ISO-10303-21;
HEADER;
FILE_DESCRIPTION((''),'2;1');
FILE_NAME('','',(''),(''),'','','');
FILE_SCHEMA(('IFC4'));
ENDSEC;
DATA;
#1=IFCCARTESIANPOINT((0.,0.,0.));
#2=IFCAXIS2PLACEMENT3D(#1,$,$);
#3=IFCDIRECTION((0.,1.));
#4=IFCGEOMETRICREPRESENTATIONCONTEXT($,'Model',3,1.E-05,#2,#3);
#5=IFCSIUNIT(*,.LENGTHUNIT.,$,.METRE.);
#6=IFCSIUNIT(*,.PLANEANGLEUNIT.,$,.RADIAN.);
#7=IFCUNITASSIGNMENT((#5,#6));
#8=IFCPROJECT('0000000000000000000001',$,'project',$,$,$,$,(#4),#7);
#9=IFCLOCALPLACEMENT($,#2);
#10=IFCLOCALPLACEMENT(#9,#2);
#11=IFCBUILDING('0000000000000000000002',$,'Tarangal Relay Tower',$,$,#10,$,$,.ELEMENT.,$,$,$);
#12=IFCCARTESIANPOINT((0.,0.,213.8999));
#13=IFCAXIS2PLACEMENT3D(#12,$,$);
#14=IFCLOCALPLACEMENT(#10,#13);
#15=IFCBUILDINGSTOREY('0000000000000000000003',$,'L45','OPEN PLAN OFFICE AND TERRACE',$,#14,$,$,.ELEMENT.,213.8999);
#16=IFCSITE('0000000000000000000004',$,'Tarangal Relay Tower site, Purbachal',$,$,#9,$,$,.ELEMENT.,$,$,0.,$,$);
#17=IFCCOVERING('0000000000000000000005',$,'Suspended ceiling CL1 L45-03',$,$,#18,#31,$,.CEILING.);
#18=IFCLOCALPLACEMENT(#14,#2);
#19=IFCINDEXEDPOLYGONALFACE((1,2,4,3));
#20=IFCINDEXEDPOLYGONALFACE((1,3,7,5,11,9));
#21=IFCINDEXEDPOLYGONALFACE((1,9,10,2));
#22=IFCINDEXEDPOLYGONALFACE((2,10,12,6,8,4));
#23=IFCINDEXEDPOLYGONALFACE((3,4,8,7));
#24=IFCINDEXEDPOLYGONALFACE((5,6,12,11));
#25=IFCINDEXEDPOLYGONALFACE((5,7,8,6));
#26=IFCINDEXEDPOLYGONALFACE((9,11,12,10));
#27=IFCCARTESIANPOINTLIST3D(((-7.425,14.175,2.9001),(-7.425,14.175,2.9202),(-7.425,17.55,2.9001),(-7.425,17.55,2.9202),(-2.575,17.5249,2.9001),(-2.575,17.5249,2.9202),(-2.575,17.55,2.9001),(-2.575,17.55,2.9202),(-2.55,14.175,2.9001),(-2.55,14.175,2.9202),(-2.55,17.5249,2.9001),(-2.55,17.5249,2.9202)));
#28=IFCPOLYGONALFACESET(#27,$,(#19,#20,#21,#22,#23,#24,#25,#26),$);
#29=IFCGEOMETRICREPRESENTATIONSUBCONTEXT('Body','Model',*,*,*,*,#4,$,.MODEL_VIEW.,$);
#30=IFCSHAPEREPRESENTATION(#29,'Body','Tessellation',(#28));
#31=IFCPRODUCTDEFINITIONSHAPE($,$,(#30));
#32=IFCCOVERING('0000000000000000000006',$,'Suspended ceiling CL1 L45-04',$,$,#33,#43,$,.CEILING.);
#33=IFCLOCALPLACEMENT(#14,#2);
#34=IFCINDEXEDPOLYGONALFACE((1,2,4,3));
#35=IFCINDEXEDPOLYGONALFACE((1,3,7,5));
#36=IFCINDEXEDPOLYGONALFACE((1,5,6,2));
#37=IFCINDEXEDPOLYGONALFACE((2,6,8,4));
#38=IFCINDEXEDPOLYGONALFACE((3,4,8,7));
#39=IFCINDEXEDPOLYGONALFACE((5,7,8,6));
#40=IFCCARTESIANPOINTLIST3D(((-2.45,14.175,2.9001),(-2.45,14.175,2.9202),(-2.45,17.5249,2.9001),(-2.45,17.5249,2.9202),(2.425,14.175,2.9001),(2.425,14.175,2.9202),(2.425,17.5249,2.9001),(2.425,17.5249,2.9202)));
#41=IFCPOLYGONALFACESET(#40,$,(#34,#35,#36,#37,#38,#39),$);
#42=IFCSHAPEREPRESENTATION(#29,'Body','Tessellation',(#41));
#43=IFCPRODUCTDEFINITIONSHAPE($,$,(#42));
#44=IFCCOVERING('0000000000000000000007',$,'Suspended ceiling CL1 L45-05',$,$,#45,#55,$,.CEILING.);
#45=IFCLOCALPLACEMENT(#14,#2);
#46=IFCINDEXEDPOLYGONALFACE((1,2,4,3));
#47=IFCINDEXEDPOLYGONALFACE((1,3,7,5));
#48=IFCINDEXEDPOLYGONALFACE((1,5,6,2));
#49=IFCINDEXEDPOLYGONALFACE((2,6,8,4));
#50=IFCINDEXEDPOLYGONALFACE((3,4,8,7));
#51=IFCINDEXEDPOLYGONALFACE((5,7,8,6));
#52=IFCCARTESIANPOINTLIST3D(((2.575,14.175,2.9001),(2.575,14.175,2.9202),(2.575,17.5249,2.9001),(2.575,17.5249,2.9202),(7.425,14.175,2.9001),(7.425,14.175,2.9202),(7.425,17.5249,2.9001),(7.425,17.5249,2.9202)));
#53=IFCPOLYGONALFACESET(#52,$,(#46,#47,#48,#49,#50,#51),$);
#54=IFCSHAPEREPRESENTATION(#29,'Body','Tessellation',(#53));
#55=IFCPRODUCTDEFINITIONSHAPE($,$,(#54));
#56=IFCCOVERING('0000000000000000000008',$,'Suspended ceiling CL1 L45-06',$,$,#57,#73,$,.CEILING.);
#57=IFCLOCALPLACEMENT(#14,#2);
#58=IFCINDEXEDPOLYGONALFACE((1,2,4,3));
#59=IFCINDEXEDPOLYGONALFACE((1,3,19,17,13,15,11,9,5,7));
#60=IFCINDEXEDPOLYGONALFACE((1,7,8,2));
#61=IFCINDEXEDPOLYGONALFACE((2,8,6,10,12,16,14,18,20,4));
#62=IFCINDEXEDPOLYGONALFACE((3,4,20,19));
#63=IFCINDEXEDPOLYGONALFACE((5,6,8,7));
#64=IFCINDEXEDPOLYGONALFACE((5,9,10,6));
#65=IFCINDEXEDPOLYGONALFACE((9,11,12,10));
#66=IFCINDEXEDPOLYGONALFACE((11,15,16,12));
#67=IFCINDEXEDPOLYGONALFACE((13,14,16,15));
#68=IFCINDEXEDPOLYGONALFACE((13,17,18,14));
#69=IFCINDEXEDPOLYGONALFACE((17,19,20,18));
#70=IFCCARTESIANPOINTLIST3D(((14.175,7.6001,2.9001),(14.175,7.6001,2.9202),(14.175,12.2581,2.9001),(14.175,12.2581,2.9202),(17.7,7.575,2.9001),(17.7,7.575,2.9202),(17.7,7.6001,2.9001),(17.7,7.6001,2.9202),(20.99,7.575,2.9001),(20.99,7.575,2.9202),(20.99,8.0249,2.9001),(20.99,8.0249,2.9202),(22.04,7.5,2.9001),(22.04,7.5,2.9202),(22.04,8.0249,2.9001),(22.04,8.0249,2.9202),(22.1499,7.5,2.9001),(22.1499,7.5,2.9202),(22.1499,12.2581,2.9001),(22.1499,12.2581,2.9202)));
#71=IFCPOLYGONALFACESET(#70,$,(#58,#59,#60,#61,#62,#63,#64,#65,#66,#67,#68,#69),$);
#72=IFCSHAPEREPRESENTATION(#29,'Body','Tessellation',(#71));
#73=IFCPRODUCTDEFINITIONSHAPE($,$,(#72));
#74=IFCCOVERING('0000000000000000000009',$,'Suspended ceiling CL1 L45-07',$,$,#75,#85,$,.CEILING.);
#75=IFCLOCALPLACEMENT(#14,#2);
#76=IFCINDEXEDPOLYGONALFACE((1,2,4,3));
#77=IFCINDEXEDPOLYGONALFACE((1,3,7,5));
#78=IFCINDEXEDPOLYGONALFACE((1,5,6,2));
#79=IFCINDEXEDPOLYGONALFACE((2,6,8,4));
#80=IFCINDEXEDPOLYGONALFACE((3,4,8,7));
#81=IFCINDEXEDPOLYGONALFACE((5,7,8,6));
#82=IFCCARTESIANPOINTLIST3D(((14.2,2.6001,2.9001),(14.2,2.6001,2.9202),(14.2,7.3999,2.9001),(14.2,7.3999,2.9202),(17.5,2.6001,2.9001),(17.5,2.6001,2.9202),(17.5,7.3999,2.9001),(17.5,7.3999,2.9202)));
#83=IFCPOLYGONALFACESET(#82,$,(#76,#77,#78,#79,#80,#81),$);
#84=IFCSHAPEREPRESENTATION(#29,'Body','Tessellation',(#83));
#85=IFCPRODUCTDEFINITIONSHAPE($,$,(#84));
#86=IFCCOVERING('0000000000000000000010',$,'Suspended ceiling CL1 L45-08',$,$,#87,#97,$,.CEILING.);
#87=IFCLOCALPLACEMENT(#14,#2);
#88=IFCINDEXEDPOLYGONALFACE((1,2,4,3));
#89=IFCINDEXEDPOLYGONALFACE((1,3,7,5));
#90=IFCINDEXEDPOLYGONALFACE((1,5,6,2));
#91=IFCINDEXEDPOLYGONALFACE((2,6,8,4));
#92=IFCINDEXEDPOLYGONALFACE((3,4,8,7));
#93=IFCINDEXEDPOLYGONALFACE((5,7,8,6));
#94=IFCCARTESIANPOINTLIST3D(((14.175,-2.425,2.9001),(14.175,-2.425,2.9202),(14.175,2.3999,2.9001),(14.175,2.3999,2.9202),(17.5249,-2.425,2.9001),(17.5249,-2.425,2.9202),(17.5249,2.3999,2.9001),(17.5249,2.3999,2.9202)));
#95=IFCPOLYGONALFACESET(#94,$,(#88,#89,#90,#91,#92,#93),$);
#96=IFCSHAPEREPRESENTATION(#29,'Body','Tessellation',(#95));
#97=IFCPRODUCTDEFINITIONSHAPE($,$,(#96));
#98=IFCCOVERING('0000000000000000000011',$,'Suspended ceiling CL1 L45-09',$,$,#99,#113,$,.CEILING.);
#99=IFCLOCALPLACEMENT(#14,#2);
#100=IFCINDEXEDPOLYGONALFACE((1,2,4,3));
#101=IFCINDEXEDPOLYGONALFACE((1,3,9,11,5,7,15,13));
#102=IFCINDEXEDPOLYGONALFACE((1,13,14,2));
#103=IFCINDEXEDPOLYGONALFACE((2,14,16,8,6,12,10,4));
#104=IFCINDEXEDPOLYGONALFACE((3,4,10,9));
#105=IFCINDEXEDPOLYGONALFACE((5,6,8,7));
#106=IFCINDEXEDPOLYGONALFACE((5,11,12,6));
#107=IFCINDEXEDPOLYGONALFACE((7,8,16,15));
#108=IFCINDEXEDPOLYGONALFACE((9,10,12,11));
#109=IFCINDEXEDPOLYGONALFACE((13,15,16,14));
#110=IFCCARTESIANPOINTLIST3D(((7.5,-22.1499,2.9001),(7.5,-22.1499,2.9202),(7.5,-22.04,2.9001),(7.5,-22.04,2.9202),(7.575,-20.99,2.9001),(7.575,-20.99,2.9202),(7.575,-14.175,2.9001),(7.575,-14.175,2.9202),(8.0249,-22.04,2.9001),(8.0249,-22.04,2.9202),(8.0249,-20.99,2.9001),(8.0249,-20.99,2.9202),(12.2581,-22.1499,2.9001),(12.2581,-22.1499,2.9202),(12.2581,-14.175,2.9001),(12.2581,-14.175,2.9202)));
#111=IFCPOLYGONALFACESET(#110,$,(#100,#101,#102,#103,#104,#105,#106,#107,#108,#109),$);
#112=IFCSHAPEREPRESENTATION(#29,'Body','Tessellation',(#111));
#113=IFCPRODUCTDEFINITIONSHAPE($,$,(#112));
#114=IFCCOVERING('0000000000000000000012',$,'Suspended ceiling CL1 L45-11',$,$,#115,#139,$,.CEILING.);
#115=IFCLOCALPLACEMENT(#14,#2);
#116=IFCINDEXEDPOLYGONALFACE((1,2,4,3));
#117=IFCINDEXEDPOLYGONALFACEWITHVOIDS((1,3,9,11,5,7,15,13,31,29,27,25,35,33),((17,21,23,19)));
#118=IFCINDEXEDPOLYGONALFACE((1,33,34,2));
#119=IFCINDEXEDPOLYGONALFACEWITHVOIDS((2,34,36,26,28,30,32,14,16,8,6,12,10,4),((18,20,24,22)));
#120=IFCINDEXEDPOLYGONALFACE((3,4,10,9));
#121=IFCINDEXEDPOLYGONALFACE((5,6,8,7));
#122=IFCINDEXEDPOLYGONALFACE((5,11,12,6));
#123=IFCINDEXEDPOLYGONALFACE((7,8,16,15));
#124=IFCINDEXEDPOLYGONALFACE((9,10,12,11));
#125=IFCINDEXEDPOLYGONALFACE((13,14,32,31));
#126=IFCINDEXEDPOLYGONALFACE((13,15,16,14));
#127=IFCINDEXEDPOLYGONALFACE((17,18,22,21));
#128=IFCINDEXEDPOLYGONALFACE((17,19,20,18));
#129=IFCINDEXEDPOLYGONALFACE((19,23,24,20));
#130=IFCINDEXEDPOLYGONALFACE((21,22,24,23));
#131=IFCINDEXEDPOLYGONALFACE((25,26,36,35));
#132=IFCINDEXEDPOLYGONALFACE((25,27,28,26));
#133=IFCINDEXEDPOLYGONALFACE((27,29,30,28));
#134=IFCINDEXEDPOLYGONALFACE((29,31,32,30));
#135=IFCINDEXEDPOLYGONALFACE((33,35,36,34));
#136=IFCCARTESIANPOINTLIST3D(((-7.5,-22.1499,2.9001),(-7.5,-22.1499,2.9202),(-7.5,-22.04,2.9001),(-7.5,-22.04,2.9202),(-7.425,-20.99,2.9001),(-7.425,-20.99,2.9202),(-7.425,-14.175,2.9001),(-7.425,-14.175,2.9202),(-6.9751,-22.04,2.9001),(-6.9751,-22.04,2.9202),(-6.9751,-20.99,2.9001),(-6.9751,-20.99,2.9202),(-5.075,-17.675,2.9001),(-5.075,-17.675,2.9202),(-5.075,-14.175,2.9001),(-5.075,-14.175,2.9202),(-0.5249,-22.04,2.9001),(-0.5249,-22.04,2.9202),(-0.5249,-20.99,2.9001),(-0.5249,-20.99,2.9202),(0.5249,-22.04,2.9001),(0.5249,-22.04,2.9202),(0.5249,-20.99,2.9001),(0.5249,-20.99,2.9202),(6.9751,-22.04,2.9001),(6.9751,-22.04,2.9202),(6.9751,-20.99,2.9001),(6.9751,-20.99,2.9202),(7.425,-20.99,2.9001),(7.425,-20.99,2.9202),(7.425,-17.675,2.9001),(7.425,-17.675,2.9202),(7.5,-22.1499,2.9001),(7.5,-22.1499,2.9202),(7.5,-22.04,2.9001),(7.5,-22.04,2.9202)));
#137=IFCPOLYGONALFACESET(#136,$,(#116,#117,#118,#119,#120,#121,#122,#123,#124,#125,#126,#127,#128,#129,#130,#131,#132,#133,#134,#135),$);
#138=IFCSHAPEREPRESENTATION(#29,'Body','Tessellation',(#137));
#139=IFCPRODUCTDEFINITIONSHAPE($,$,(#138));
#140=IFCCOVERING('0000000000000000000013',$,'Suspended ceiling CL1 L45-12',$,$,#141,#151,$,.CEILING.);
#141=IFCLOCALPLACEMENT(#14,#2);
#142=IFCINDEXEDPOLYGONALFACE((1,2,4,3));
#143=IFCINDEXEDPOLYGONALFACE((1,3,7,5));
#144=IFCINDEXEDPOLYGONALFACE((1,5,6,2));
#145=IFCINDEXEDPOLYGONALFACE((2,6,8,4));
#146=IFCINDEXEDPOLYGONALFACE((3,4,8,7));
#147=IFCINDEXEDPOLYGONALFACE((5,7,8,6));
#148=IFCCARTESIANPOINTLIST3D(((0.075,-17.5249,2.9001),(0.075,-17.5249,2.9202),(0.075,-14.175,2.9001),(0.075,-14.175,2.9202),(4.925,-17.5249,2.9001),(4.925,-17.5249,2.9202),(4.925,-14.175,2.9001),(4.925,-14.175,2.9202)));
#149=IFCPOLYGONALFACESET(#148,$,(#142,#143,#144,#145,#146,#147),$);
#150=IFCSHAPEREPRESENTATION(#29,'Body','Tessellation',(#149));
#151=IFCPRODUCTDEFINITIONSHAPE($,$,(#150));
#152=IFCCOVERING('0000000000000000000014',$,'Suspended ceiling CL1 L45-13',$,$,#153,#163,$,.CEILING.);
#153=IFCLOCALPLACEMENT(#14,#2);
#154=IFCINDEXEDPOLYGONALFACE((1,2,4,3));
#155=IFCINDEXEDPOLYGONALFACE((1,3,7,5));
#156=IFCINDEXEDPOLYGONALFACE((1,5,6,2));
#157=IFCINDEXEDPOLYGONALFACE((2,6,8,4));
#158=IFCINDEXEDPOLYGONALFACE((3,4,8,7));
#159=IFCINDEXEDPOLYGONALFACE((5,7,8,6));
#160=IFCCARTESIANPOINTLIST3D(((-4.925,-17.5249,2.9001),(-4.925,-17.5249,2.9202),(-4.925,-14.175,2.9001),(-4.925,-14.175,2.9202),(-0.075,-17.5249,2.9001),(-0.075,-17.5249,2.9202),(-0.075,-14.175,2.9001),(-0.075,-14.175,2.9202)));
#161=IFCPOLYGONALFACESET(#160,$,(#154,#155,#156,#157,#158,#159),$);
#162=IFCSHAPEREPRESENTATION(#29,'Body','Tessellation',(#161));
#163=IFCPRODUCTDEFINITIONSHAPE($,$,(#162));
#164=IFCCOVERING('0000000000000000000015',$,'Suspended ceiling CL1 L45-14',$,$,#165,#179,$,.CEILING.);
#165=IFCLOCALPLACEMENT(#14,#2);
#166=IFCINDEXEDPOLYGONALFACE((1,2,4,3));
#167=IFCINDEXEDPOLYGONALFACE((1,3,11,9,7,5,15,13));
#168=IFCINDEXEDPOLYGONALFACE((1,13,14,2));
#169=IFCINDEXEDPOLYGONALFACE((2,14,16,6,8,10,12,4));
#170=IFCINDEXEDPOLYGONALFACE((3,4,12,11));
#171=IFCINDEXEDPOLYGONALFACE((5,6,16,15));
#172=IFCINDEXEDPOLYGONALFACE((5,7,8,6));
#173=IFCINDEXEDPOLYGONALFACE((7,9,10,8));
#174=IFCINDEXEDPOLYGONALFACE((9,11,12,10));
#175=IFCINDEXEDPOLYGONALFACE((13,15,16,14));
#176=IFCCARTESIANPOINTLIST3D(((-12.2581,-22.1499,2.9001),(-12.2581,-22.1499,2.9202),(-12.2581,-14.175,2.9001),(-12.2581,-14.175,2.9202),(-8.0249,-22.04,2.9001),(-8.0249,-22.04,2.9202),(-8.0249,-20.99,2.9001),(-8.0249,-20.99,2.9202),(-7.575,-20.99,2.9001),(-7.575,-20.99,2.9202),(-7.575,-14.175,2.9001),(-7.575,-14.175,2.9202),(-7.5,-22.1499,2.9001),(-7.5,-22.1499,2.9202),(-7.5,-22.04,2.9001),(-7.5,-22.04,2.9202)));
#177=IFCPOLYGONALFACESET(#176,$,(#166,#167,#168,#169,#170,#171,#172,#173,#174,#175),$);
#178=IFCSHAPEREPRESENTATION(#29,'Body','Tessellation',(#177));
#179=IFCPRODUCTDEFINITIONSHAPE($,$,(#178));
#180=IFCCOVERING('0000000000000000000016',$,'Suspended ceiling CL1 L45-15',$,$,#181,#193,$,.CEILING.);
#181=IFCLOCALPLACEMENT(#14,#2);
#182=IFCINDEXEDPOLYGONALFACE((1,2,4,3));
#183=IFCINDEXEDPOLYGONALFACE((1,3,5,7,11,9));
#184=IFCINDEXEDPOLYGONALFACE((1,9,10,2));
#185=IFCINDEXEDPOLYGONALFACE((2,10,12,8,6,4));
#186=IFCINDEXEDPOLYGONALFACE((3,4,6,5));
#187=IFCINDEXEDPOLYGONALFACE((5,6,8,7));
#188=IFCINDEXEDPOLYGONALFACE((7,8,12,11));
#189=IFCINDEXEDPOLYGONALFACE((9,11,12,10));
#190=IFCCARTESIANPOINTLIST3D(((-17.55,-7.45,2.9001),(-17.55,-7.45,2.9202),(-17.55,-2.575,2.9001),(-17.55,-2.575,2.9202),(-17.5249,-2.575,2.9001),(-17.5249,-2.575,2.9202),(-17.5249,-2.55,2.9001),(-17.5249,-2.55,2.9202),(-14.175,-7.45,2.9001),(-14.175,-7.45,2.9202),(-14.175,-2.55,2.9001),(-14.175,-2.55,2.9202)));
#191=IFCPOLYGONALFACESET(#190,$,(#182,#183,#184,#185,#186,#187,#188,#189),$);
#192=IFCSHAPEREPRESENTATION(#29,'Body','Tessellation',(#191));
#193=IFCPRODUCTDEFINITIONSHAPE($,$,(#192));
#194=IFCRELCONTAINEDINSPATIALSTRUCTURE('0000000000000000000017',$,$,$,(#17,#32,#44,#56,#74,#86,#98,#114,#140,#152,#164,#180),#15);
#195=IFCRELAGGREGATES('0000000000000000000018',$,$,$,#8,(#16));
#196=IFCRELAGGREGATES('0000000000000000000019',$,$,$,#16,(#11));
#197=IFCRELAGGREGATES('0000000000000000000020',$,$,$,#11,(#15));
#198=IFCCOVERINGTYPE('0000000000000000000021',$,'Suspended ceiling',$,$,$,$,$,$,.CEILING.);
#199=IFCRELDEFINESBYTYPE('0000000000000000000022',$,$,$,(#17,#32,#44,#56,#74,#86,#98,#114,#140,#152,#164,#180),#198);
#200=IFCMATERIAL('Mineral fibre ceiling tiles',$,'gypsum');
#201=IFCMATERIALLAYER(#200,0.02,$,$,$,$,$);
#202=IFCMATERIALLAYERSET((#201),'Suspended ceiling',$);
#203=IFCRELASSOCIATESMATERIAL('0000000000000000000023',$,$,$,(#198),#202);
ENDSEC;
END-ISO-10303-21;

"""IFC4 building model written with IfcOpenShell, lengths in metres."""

from ifc_helpers import new_model, si_unit, direction, frame, origin, place, context, subcontext, project, spatial, polyline, outline, extrude, material, layer, layer_set, type_object, element, save


model = new_model("IFC4")

# Units and contexts
model_context = context("Model", 3, precision=1e-05, world=origin(), true_north=direction((0.0, 1.0)))
body_context = subcontext(model_context, "Body", "Model", "MODEL_VIEW")
ifc_project = project(units=[si_unit("LENGTHUNIT", "METRE"), si_unit("PLANEANGLEUNIT", "RADIAN")], contexts=[model_context])

# Site, building, storey
site_placement = place(None, origin())
site = spatial("IfcSite", under=ifc_project, at=site_placement, Name="Tarangal Relay Tower site, Purbachal", CompositionType="ELEMENT", RefElevation=0.0)
building_placement = place(site_placement, origin())
building = spatial("IfcBuilding", under=site, at=building_placement, Name="Tarangal Relay Tower", CompositionType="ELEMENT")
storey_placement = place(building_placement, frame((0.0, 0.0, 213.8999)))
storey = spatial("IfcBuildingStorey", under=building, at=storey_placement, Name="L45", Description="OPEN PLAN OFFICE AND TERRACE", CompositionType="ELEMENT", Elevation=213.8999)

# Coverings
ifc_material_1 = material(Name="Mineral fibre ceiling tiles", Category="gypsum")
ifc_layer_1 = layer(ifc_material_1, 0.02)
ifc_layer_set_1 = layer_set([ifc_layer_1], Name="Suspended ceiling")
covering_type_1 = type_object("IfcCoveringType", Name="Suspended ceiling", PredefinedType="CEILING", material=ifc_layer_set_1)
covering_1_placement = place(storey_placement, frame((0.0, 0.0, 2.9001)))
element("IfcCovering", 1, at=covering_1_placement, inside=storey, type_object=covering_type_1, Name="Suspended ceiling CL1 L45-03", PredefinedType="CEILING", context=body_context, shape_type="SweptSolid", body=[
    extrude(outline(polyline([(-7.425, 14.175), (-2.55, 14.175), (-2.55, 17.5249), (-2.575, 17.5249), (-2.575, 17.55), (-7.425, 17.55), (-7.425, 14.175)])), origin(), (0.0, 0.0, 1.0), 0.02),
])
covering_2_placement = place(storey_placement, frame((0.0, 0.0, 2.9001)))
element("IfcCovering", 2, at=covering_2_placement, inside=storey, type_object=covering_type_1, Name="Suspended ceiling CL1 L45-04", PredefinedType="CEILING", context=body_context, shape_type="SweptSolid", body=[
    extrude(outline(polyline([(-2.45, 14.175), (2.425, 14.175), (2.425, 17.5249), (-2.45, 17.5249), (-2.45, 14.175)])), origin(), (0.0, 0.0, 1.0), 0.02),
])
covering_3_placement = place(storey_placement, frame((0.0, 0.0, 2.9001)))
element("IfcCovering", 3, at=covering_3_placement, inside=storey, type_object=covering_type_1, Name="Suspended ceiling CL1 L45-05", PredefinedType="CEILING", context=body_context, shape_type="SweptSolid", body=[
    extrude(outline(polyline([(7.425, 14.175), (7.425, 17.5249), (2.575, 17.5249), (2.575, 14.175), (7.425, 14.175)])), origin(), (0.0, 0.0, 1.0), 0.02),
])
covering_4_placement = place(storey_placement, frame((0.0, 0.0, 2.9001)))
element("IfcCovering", 4, at=covering_4_placement, inside=storey, type_object=covering_type_1, Name="Suspended ceiling CL1 L45-06", PredefinedType="CEILING", context=body_context, shape_type="SweptSolid", body=[
    extrude(outline(polyline([(22.1499, 7.5), (22.1499, 12.2581), (14.175, 12.2581), (14.175, 7.6001), (17.7, 7.6001), (17.7, 7.575), (20.99, 7.575), (20.99, 8.0249), (22.04, 8.0249), (22.04, 7.5), (22.1499, 7.5)])), origin(), (0.0, 0.0, 1.0), 0.02),
])
covering_5_placement = place(storey_placement, frame((0.0, 0.0, 2.9001)))
element("IfcCovering", 5, at=covering_5_placement, inside=storey, type_object=covering_type_1, Name="Suspended ceiling CL1 L45-07", PredefinedType="CEILING", context=body_context, shape_type="SweptSolid", body=[
    extrude(outline(polyline([(17.5, 7.3999), (14.2, 7.3999), (14.2, 2.6001), (17.5, 2.6001), (17.5, 7.3999)])), origin(), (0.0, 0.0, 1.0), 0.02),
])
covering_6_placement = place(storey_placement, frame((0.0, 0.0, 2.9001)))
element("IfcCovering", 6, at=covering_6_placement, inside=storey, type_object=covering_type_1, Name="Suspended ceiling CL1 L45-08", PredefinedType="CEILING", context=body_context, shape_type="SweptSolid", body=[
    extrude(outline(polyline([(14.175, 2.3999), (14.175, -2.425), (17.5249, -2.425), (17.5249, 2.3999), (14.175, 2.3999)])), origin(), (0.0, 0.0, 1.0), 0.02),
])
covering_7_placement = place(storey_placement, frame((0.0, 0.0, 2.9001)))
element("IfcCovering", 7, at=covering_7_placement, inside=storey, type_object=covering_type_1, Name="Suspended ceiling CL1 L45-09", PredefinedType="CEILING", context=body_context, shape_type="SweptSolid", body=[
    extrude(outline(polyline([(7.5, -22.1499), (12.2581, -22.1499), (12.2581, -14.175), (7.575, -14.175), (7.575, -20.99), (8.0249, -20.99), (8.0249, -22.04), (7.5, -22.04), (7.5, -22.1499)])), origin(), (0.0, 0.0, 1.0), 0.02),
])
covering_8_placement = place(storey_placement, frame((0.0, 0.0, 2.9001)))
element("IfcCovering", 8, at=covering_8_placement, inside=storey, type_object=covering_type_1, Name="Suspended ceiling CL1 L45-11", PredefinedType="CEILING", context=body_context, shape_type="SweptSolid", body=[
    extrude(outline(polyline([(-7.5, -22.1499), (7.5, -22.1499), (7.5, -22.04), (6.9751, -22.04), (6.9751, -20.99), (7.425, -20.99), (7.425, -17.675), (-5.075, -17.675), (-5.075, -14.175), (-7.425, -14.175), (-7.425, -20.99), (-6.9751, -20.99), (-6.9751, -22.04), (-7.5, -22.04), (-7.5, -22.1499)]), holes=[polyline([(-0.5249, -22.04), (0.5249, -22.04), (0.5249, -20.99), (-0.5249, -20.99), (-0.5249, -22.04)])]), origin(), (0.0, 0.0, 1.0), 0.02),
])
covering_9_placement = place(storey_placement, frame((0.0, 0.0, 2.9001)))
element("IfcCovering", 9, at=covering_9_placement, inside=storey, type_object=covering_type_1, Name="Suspended ceiling CL1 L45-12", PredefinedType="CEILING", context=body_context, shape_type="SweptSolid", body=[
    extrude(outline(polyline([(0.075, -14.175), (0.075, -17.5249), (4.925, -17.5249), (4.925, -14.175), (0.075, -14.175)])), origin(), (0.0, 0.0, 1.0), 0.02),
])
covering_10_placement = place(storey_placement, frame((0.0, 0.0, 2.9001)))
element("IfcCovering", 10, at=covering_10_placement, inside=storey, type_object=covering_type_1, Name="Suspended ceiling CL1 L45-13", PredefinedType="CEILING", context=body_context, shape_type="SweptSolid", body=[
    extrude(outline(polyline([(-0.075, -14.175), (-4.925, -14.175), (-4.925, -17.5249), (-0.075, -17.5249), (-0.075, -14.175)])), origin(), (0.0, 0.0, 1.0), 0.02),
])
covering_11_placement = place(storey_placement, frame((0.0, 0.0, 2.9001)))
element("IfcCovering", 11, at=covering_11_placement, inside=storey, type_object=covering_type_1, Name="Suspended ceiling CL1 L45-14", PredefinedType="CEILING", context=body_context, shape_type="SweptSolid", body=[
    extrude(outline(polyline([(-7.5, -22.1499), (-7.5, -22.04), (-8.0249, -22.04), (-8.0249, -20.99), (-7.575, -20.99), (-7.575, -14.175), (-12.2581, -14.175), (-12.2581, -22.1499), (-7.5, -22.1499)])), origin(), (0.0, 0.0, 1.0), 0.02),
])
covering_12_placement = place(storey_placement, frame((0.0, 0.0, 2.9001)))
element("IfcCovering", 12, at=covering_12_placement, inside=storey, type_object=covering_type_1, Name="Suspended ceiling CL1 L45-15", PredefinedType="CEILING", context=body_context, shape_type="SweptSolid", body=[
    extrude(outline(polyline([(-17.5249, -2.575), (-17.55, -2.575), (-17.55, -7.45), (-14.175, -7.45), (-14.175, -2.55), (-17.5249, -2.55), (-17.5249, -2.575)])), origin(), (0.0, 0.0, 1.0), 0.02),
])

save(model, "model.ifc")
